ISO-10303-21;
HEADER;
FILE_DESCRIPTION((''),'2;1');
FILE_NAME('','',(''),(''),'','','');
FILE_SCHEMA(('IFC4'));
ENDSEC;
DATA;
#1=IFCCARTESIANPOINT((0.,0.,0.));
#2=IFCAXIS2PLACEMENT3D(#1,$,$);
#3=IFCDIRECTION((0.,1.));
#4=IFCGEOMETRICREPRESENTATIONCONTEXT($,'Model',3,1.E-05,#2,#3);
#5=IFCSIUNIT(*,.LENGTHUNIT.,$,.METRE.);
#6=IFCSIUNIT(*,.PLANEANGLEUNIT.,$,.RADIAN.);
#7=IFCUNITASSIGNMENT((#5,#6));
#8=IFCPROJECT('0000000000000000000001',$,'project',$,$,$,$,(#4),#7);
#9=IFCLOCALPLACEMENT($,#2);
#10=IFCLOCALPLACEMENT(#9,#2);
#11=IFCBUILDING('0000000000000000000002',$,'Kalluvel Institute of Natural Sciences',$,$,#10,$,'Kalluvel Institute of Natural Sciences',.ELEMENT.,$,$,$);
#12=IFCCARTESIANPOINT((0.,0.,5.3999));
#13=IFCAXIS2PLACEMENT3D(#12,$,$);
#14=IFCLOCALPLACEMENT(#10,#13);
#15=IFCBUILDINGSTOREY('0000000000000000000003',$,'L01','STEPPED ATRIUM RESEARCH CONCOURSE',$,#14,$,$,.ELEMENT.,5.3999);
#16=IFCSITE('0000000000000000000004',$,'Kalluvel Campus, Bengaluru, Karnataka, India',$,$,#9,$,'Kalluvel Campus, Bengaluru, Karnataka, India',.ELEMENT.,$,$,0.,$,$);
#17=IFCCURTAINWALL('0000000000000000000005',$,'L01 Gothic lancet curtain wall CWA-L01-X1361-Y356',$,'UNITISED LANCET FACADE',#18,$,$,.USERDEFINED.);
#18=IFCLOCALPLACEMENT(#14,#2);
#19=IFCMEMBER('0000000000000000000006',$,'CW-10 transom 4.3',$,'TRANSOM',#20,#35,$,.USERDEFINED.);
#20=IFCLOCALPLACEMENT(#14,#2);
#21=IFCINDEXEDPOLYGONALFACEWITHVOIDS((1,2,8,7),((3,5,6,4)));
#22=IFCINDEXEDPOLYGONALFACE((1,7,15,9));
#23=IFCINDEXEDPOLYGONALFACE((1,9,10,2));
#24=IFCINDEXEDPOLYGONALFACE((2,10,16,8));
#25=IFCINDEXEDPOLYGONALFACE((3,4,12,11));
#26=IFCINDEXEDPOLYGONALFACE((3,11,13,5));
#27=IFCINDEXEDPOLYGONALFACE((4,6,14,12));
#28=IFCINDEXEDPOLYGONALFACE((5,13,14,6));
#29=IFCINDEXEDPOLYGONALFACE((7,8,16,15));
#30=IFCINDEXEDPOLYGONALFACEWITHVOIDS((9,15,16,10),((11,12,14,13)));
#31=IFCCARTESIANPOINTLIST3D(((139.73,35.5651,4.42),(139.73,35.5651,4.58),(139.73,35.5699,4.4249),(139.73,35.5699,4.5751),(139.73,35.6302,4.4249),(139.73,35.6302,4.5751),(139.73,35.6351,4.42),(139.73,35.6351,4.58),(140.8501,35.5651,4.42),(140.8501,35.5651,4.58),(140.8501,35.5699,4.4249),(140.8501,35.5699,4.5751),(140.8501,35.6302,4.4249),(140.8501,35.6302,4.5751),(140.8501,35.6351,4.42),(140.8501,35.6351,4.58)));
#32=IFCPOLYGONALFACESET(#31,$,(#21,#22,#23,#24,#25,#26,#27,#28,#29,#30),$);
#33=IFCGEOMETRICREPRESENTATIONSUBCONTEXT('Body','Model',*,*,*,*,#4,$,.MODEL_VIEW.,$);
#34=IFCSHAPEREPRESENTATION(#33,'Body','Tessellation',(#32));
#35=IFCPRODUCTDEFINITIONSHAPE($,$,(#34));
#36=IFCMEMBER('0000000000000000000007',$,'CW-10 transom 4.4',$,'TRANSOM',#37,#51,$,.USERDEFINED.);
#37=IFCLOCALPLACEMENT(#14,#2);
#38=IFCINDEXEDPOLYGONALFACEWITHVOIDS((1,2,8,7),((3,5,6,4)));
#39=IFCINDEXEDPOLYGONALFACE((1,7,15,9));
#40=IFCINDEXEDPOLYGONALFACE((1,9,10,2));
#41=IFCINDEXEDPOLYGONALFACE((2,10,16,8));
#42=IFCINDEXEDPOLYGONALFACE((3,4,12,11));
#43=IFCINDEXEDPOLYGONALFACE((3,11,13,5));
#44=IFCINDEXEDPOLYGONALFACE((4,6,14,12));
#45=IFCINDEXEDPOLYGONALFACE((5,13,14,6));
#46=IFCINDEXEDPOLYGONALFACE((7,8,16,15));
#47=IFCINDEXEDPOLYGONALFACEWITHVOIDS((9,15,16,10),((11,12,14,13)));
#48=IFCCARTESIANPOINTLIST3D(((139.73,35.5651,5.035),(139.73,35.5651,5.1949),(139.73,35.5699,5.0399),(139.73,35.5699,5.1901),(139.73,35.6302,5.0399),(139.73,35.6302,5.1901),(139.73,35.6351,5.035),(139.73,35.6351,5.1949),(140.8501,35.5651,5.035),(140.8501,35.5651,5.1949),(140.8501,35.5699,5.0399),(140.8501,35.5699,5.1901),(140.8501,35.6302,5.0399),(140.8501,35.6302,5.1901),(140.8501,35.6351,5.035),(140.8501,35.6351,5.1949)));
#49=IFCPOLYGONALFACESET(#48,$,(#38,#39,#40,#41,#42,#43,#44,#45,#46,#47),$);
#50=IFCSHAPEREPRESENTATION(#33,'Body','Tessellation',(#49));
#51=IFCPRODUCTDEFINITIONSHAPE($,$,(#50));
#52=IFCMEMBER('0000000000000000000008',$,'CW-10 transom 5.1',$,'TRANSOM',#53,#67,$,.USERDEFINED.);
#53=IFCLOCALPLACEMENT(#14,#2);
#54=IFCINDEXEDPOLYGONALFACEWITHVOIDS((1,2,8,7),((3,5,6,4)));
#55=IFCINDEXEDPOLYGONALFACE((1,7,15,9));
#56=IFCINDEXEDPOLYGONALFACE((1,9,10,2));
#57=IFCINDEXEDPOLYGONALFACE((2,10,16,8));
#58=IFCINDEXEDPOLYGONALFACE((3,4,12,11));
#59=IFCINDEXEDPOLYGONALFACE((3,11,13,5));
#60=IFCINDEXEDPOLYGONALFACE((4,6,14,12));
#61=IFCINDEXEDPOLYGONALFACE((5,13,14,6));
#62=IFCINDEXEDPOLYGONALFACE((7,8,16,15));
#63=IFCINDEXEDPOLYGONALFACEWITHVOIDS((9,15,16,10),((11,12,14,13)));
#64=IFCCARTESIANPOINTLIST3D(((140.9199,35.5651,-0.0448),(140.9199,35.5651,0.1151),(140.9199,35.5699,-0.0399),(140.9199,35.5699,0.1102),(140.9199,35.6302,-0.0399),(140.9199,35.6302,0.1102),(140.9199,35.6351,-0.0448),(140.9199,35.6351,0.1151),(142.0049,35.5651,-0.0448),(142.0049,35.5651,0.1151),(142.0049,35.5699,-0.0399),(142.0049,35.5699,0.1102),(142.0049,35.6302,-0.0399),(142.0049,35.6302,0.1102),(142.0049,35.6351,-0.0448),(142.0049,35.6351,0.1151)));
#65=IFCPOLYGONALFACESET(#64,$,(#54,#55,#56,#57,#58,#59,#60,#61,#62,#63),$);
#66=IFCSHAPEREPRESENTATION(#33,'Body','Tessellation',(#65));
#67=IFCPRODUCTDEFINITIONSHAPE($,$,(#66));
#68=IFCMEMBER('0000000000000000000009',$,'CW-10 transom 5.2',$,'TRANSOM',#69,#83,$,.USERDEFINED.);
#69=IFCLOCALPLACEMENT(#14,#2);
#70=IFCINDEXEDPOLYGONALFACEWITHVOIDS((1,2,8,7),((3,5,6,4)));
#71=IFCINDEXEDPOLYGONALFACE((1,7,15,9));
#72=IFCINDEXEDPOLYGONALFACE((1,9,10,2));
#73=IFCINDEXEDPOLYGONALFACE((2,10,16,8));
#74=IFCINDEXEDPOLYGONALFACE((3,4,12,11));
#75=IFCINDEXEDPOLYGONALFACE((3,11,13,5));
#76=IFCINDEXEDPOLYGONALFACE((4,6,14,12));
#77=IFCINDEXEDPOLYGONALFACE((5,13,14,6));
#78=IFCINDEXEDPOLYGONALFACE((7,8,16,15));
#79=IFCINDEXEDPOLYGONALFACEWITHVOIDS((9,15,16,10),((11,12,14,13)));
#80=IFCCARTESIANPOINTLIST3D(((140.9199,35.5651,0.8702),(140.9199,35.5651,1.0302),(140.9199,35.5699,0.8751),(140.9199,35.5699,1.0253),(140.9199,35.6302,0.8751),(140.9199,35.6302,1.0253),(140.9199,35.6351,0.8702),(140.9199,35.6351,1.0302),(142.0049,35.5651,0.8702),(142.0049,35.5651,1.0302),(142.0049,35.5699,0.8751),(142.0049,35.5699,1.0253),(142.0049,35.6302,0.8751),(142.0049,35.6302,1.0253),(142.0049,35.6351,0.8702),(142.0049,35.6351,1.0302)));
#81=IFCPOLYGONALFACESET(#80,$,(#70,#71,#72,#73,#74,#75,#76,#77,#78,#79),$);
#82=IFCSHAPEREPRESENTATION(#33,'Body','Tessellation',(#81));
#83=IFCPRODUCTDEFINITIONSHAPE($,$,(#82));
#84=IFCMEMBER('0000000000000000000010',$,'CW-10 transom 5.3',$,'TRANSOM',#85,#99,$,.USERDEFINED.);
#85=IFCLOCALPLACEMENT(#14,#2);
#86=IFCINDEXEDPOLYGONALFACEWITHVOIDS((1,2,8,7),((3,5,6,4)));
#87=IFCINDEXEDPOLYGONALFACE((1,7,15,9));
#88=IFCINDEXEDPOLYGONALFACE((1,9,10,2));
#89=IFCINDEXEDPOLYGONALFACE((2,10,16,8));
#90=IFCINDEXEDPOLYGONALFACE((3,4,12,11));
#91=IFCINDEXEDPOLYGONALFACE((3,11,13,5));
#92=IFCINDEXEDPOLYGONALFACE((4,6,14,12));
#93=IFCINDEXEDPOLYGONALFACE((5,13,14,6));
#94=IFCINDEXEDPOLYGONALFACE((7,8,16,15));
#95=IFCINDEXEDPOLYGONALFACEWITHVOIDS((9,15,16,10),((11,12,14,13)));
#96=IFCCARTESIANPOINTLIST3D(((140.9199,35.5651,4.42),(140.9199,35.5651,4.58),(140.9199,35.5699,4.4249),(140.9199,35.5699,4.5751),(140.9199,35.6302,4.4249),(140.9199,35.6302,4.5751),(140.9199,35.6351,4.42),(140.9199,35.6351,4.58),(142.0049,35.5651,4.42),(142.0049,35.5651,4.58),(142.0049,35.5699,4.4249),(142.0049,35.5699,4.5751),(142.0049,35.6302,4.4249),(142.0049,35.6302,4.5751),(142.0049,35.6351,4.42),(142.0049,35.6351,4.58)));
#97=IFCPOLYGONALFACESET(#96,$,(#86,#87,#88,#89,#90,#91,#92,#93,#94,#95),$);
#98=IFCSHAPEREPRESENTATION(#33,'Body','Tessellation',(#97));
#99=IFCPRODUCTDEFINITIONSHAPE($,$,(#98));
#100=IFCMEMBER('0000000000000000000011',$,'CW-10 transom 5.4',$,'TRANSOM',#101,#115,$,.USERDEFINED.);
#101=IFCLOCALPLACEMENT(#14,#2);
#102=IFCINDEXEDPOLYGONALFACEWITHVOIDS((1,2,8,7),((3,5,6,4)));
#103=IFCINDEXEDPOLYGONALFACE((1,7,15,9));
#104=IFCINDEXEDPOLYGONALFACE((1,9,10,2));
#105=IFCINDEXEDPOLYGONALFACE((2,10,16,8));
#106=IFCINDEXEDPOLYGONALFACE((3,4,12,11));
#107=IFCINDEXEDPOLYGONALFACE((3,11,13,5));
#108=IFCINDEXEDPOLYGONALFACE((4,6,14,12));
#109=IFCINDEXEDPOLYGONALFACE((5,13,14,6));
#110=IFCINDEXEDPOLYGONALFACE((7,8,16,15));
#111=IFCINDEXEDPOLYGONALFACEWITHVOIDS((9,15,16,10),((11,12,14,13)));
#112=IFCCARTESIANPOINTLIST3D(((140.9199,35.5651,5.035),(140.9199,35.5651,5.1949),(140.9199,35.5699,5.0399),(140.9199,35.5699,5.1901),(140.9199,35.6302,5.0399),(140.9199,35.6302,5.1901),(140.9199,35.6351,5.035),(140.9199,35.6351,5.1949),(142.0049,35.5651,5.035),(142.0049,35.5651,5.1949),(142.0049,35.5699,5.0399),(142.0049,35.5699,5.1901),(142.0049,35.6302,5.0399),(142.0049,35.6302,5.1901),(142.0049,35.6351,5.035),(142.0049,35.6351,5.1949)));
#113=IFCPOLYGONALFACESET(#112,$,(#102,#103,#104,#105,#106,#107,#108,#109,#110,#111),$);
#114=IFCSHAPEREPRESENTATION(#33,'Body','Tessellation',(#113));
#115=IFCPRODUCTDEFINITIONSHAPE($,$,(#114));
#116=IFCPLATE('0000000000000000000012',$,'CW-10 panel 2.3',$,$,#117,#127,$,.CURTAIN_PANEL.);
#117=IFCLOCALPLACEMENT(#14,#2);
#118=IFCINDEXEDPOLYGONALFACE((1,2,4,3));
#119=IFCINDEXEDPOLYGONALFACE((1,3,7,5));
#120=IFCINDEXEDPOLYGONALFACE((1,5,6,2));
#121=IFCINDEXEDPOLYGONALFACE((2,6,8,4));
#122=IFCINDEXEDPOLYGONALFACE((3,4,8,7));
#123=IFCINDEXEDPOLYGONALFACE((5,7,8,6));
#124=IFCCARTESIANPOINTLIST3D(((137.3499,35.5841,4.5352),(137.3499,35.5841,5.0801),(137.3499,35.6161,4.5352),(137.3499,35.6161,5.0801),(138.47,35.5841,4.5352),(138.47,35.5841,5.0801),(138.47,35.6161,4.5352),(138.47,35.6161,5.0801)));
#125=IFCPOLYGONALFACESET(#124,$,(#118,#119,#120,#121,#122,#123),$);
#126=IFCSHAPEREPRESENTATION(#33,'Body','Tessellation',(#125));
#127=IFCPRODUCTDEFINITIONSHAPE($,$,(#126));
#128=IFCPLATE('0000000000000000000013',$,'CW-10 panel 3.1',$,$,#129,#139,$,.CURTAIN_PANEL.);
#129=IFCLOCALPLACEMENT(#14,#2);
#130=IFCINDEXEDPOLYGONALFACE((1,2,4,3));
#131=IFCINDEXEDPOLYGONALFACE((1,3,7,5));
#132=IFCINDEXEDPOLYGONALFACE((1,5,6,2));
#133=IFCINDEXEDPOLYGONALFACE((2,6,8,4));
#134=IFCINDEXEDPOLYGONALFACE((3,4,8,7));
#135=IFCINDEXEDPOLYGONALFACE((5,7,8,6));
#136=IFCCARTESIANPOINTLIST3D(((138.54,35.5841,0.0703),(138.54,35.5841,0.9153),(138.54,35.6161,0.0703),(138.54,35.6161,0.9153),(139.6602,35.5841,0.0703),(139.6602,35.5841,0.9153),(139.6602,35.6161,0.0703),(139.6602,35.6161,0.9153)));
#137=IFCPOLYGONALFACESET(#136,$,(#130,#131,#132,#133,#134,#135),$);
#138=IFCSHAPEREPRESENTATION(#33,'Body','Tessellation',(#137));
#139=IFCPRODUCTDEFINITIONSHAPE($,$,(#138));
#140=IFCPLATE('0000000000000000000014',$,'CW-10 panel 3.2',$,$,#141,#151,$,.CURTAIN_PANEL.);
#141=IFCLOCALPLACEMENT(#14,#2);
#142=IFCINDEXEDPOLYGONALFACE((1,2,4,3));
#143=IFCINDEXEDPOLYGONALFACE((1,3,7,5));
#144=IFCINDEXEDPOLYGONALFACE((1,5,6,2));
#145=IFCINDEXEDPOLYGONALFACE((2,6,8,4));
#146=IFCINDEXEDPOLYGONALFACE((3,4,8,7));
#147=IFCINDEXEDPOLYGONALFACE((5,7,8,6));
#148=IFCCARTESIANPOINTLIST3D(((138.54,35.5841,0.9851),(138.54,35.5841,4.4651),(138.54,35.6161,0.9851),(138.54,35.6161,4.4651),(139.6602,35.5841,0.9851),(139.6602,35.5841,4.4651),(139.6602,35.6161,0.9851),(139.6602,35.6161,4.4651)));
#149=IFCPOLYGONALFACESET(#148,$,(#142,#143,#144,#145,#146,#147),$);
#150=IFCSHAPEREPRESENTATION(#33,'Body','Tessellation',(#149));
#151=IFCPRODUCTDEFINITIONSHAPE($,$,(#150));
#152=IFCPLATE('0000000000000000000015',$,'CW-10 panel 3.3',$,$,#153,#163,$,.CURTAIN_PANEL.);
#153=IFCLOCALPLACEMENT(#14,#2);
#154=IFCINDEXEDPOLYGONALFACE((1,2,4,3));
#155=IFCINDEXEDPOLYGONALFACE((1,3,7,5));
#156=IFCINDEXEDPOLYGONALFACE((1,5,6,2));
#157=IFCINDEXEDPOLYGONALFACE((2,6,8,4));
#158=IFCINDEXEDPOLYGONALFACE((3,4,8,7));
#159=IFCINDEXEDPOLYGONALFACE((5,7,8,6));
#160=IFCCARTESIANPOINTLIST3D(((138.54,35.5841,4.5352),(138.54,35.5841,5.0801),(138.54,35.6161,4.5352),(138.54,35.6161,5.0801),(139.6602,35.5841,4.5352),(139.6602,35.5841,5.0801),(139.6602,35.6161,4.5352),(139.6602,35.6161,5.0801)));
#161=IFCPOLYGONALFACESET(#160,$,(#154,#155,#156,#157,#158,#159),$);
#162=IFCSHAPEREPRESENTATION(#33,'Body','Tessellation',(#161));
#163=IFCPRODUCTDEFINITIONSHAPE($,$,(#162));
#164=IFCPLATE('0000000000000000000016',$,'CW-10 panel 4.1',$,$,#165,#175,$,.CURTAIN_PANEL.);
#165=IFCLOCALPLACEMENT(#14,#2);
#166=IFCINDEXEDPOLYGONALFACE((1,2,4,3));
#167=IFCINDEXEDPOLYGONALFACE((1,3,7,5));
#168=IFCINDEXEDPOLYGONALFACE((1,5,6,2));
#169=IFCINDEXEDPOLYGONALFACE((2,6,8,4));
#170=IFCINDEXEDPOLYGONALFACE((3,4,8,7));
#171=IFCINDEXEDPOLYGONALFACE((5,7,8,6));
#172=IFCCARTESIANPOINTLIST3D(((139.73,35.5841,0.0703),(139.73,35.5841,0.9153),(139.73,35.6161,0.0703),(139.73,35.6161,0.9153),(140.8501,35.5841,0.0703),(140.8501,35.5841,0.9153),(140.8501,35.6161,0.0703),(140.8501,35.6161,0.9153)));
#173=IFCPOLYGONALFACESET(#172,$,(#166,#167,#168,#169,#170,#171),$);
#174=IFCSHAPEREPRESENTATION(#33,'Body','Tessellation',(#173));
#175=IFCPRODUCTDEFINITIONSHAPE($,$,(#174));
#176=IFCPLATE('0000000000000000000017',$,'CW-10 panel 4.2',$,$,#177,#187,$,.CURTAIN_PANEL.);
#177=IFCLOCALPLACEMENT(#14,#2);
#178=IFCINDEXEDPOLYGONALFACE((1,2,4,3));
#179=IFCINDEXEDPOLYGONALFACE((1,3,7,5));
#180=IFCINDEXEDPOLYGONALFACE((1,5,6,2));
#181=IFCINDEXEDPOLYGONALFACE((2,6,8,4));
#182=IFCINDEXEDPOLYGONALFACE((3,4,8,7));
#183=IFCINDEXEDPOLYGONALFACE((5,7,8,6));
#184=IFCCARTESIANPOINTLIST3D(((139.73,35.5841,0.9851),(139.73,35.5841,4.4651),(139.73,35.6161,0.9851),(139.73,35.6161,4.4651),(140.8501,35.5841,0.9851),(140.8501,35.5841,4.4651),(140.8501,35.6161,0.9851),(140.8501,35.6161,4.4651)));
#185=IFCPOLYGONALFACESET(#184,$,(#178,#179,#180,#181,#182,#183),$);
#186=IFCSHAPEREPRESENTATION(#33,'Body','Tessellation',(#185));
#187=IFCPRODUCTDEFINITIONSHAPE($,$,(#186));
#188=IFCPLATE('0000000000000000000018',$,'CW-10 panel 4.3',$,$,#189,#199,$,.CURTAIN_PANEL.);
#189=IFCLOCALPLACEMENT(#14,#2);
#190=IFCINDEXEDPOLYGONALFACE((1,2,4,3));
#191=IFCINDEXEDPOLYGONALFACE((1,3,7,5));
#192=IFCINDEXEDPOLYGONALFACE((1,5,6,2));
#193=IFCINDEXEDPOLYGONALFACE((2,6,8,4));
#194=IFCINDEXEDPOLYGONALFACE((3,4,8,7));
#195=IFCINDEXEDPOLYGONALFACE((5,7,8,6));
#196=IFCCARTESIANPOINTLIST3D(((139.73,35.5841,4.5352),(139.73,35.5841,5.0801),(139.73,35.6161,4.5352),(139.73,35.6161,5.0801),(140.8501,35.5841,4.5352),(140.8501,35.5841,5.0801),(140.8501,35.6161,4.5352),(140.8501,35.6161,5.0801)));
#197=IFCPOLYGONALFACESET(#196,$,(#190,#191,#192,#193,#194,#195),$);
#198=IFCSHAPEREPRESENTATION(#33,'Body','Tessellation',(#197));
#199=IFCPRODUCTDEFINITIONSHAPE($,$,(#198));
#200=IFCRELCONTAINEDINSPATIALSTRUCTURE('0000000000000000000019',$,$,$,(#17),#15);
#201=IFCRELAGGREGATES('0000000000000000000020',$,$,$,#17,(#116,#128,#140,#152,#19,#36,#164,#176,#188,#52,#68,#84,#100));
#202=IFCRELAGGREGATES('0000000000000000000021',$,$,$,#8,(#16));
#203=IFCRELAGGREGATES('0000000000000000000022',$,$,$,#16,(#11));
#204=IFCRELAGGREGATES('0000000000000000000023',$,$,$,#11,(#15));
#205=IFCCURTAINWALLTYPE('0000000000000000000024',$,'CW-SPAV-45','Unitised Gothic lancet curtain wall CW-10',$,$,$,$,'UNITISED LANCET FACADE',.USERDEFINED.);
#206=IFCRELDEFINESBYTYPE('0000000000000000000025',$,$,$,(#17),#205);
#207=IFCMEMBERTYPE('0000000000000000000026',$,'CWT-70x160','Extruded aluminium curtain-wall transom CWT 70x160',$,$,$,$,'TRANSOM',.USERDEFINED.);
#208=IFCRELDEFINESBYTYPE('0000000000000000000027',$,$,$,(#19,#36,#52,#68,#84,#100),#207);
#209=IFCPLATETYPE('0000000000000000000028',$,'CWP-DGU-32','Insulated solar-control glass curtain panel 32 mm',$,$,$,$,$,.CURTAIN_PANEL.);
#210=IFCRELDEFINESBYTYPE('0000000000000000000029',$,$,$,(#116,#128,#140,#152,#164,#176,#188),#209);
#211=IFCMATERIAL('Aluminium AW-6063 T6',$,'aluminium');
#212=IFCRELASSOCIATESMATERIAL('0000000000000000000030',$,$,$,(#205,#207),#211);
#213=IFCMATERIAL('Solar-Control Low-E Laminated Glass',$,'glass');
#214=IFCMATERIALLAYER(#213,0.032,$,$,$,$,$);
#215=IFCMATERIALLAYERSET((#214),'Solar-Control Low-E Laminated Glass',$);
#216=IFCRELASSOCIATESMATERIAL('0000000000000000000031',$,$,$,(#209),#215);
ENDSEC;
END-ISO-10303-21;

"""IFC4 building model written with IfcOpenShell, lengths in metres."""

from ifc_helpers import new_model, si_unit, direction, frame, origin, origin_2d, place, context, subcontext, project, spatial, rectangle, hollow_rectangle, extrude, material, layer, layer_set, material_profile, profile_set, type_object, element, aggregate, save


model = new_model("IFC4")

# Units and contexts
model_context = context("Model", 3, precision=1e-05, world=origin(), true_north=direction((0.0, 1.0)))
body_context = subcontext(model_context, "Body", "Model", "MODEL_VIEW")
ifc_project = project(units=[si_unit("LENGTHUNIT", "METRE"), si_unit("PLANEANGLEUNIT", "RADIAN")], contexts=[model_context])

# Site, building, storey
site_placement = place(None, origin())
site = spatial("IfcSite", under=ifc_project, at=site_placement, Name="Kalluvel Campus, Bengaluru, Karnataka, India", LongName="Kalluvel Campus, Bengaluru, Karnataka, India", CompositionType="ELEMENT", RefElevation=0.0)
building_placement = place(site_placement, origin())
building = spatial("IfcBuilding", under=site, at=building_placement, Name="Kalluvel Institute of Natural Sciences", LongName="Kalluvel Institute of Natural Sciences", CompositionType="ELEMENT")
storey_placement = place(building_placement, frame((0.0, 0.0, 5.3999)))
storey = spatial("IfcBuildingStorey", under=building, at=storey_placement, Name="L01", Description="STEPPED ATRIUM RESEARCH CONCOURSE", CompositionType="ELEMENT", Elevation=5.3999)

# Curtain wall, members, plates
ifc_material_1 = material(Name="Aluminium AW-6063 T6", Category="aluminium")
curtain_wall_type = type_object("IfcCurtainWallType", Name="CW-SPAV-45", Description="Unitised Gothic lancet curtain wall CW-10", ElementType="UNITISED LANCET FACADE", PredefinedType="USERDEFINED", material=ifc_material_1)
curtain_wall_placement = place(storey_placement, origin())
curtain_wall = element("IfcCurtainWall", 1, at=curtain_wall_placement, inside=storey, type_object=curtain_wall_type, Name="L01 Gothic lancet curtain wall CWA-L01-X1361-Y356", ObjectType="UNITISED LANCET FACADE", PredefinedType="USERDEFINED")
ifc_material_profile_1 = material_profile(ifc_material_1, hollow_rectangle(XDim=0.0701, YDim=0.1599, WallThickness=0.0049, at=origin_2d()), Name="CWT 70x160")
ifc_profile_set_1 = profile_set([ifc_material_profile_1], Name="Aluminium AW-6063 T6")
member_type_1 = type_object("IfcMemberType", Name="CWT-70x160", Description="Extruded aluminium curtain-wall transom CWT 70x160", ElementType="TRANSOM", PredefinedType="USERDEFINED", material=ifc_profile_set_1)
member_1_placement = place(storey_placement, frame((139.73, 35.6001, 4.5), z_axis=(1.0, 0.0, 0.0), x_axis=(0.0, 1.0, 0.0)))
member_1 = element("IfcMember", 2, at=member_1_placement, type_object=member_type_1, Name="CW-10 transom 4.3", ObjectType="TRANSOM", PredefinedType="USERDEFINED", context=body_context, shape_type="SweptSolid", body=[
    extrude(hollow_rectangle(XDim=0.0701, YDim=0.1599, WallThickness=0.0049, at=origin_2d()), origin(), (0.0, 0.0, 1.0), 1.1201),
])
member_2_placement = place(storey_placement, frame((139.73, 35.6001, 5.115), z_axis=(1.0, 0.0, 0.0), x_axis=(0.0, 1.0, 0.0)))
member_2 = element("IfcMember", 3, at=member_2_placement, type_object=member_type_1, Name="CW-10 transom 4.4", ObjectType="TRANSOM", PredefinedType="USERDEFINED", context=body_context, shape_type="SweptSolid", body=[
    extrude(hollow_rectangle(XDim=0.0701, YDim=0.1599, WallThickness=0.0049, at=origin_2d()), origin(), (0.0, 0.0, 1.0), 1.1201),
])
member_3_placement = place(storey_placement, frame((140.9199, 35.6001, 0.0352), z_axis=(1.0, 0.0, 0.0), x_axis=(0.0, 1.0, 0.0)))
member_3 = element("IfcMember", 4, at=member_3_placement, type_object=member_type_1, Name="CW-10 transom 5.1", ObjectType="TRANSOM", PredefinedType="USERDEFINED", context=body_context, shape_type="SweptSolid", body=[
    extrude(hollow_rectangle(XDim=0.0701, YDim=0.1599, WallThickness=0.0049, at=origin_2d()), origin(), (0.0, 0.0, 1.0), 1.085),
])
member_4_placement = place(storey_placement, frame((140.9199, 35.6001, 0.9502), z_axis=(1.0, 0.0, 0.0), x_axis=(0.0, 1.0, 0.0)))
member_4 = element("IfcMember", 5, at=member_4_placement, type_object=member_type_1, Name="CW-10 transom 5.2", ObjectType="TRANSOM", PredefinedType="USERDEFINED", context=body_context, shape_type="SweptSolid", body=[
    extrude(hollow_rectangle(XDim=0.0701, YDim=0.1599, WallThickness=0.0049, at=origin_2d()), origin(), (0.0, 0.0, 1.0), 1.085),
])
member_5_placement = place(storey_placement, frame((140.9199, 35.6001, 4.5), z_axis=(1.0, 0.0, 0.0), x_axis=(0.0, 1.0, 0.0)))
member_5 = element("IfcMember", 6, at=member_5_placement, type_object=member_type_1, Name="CW-10 transom 5.3", ObjectType="TRANSOM", PredefinedType="USERDEFINED", context=body_context, shape_type="SweptSolid", body=[
    extrude(hollow_rectangle(XDim=0.0701, YDim=0.1599, WallThickness=0.0049, at=origin_2d()), origin(), (0.0, 0.0, 1.0), 1.085),
])
member_6_placement = place(storey_placement, frame((140.9199, 35.6001, 5.115), z_axis=(1.0, 0.0, 0.0), x_axis=(0.0, 1.0, 0.0)))
member_6 = element("IfcMember", 7, at=member_6_placement, type_object=member_type_1, Name="CW-10 transom 5.4", ObjectType="TRANSOM", PredefinedType="USERDEFINED", context=body_context, shape_type="SweptSolid", body=[
    extrude(hollow_rectangle(XDim=0.0701, YDim=0.1599, WallThickness=0.0049, at=origin_2d()), origin(), (0.0, 0.0, 1.0), 1.085),
])
ifc_material_2 = material(Name="Solar-Control Low-E Laminated Glass", Category="glass")
ifc_layer = layer(ifc_material_2, 0.032)
ifc_layer_set = layer_set([ifc_layer], Name="Solar-Control Low-E Laminated Glass")
plate_type = type_object("IfcPlateType", Name="CWP-DGU-32", Description="Insulated solar-control glass curtain panel 32 mm", PredefinedType="CURTAIN_PANEL", material=ifc_layer_set)
plate_1_placement = place(storey_placement, frame((137.9099, 35.6001, 4.5352), z_axis=(0.0, 0.0, 1.0), x_axis=(1.0, 0.0, 0.0)))
plate_1 = element("IfcPlate", 8, at=plate_1_placement, type_object=plate_type, Name="CW-10 panel 2.3", PredefinedType="CURTAIN_PANEL", context=body_context, shape_type="SweptSolid", body=[
    extrude(rectangle(XDim=1.1201, YDim=0.032, at=origin_2d()), origin(), (0.0, 0.0, 1.0), 0.5449),
])
plate_2_placement = place(storey_placement, frame((139.1001, 35.6001, 0.0703), z_axis=(0.0, 0.0, 1.0), x_axis=(1.0, 0.0, 0.0)))
plate_2 = element("IfcPlate", 9, at=plate_2_placement, type_object=plate_type, Name="CW-10 panel 3.1", PredefinedType="CURTAIN_PANEL", context=body_context, shape_type="SweptSolid", body=[
    extrude(rectangle(XDim=1.1201, YDim=0.032, at=origin_2d()), origin(), (0.0, 0.0, 1.0), 0.845),
])
plate_3_placement = place(storey_placement, frame((139.1001, 35.6001, 0.9851), z_axis=(0.0, 0.0, 1.0), x_axis=(1.0, 0.0, 0.0)))
plate_3 = element("IfcPlate", 10, at=plate_3_placement, type_object=plate_type, Name="CW-10 panel 3.2", PredefinedType="CURTAIN_PANEL", context=body_context, shape_type="SweptSolid", body=[
    extrude(rectangle(XDim=1.1201, YDim=0.032, at=origin_2d()), origin(), (0.0, 0.0, 1.0), 3.48),
])
plate_4_placement = place(storey_placement, frame((139.1001, 35.6001, 4.5352), z_axis=(0.0, 0.0, 1.0), x_axis=(1.0, 0.0, 0.0)))
plate_4 = element("IfcPlate", 11, at=plate_4_placement, type_object=plate_type, Name="CW-10 panel 3.3", PredefinedType="CURTAIN_PANEL", context=body_context, shape_type="SweptSolid", body=[
    extrude(rectangle(XDim=1.1201, YDim=0.032, at=origin_2d()), origin(), (0.0, 0.0, 1.0), 0.5449),
])
plate_5_placement = place(storey_placement, frame((140.29, 35.6001, 0.0703), z_axis=(0.0, 0.0, 1.0), x_axis=(1.0, 0.0, 0.0)))
plate_5 = element("IfcPlate", 12, at=plate_5_placement, type_object=plate_type, Name="CW-10 panel 4.1", PredefinedType="CURTAIN_PANEL", context=body_context, shape_type="SweptSolid", body=[
    extrude(rectangle(XDim=1.1201, YDim=0.032, at=origin_2d()), origin(), (0.0, 0.0, 1.0), 0.845),
])
plate_6_placement = place(storey_placement, frame((140.29, 35.6001, 0.9851), z_axis=(0.0, 0.0, 1.0), x_axis=(1.0, 0.0, 0.0)))
plate_6 = element("IfcPlate", 13, at=plate_6_placement, type_object=plate_type, Name="CW-10 panel 4.2", PredefinedType="CURTAIN_PANEL", context=body_context, shape_type="SweptSolid", body=[
    extrude(rectangle(XDim=1.1201, YDim=0.032, at=origin_2d()), origin(), (0.0, 0.0, 1.0), 3.48),
])
plate_7_placement = place(storey_placement, frame((140.29, 35.6001, 4.5352), z_axis=(0.0, 0.0, 1.0), x_axis=(1.0, 0.0, 0.0)))
plate_7 = element("IfcPlate", 14, at=plate_7_placement, type_object=plate_type, Name="CW-10 panel 4.3", PredefinedType="CURTAIN_PANEL", context=body_context, shape_type="SweptSolid", body=[
    extrude(rectangle(XDim=1.1201, YDim=0.032, at=origin_2d()), origin(), (0.0, 0.0, 1.0), 0.5449),
])
aggregate(curtain_wall, [plate_1, plate_2, plate_3, plate_4, member_1, member_2, plate_5, plate_6, plate_7, member_3, member_4, member_5, member_6])

save(model, "model.ifc")
